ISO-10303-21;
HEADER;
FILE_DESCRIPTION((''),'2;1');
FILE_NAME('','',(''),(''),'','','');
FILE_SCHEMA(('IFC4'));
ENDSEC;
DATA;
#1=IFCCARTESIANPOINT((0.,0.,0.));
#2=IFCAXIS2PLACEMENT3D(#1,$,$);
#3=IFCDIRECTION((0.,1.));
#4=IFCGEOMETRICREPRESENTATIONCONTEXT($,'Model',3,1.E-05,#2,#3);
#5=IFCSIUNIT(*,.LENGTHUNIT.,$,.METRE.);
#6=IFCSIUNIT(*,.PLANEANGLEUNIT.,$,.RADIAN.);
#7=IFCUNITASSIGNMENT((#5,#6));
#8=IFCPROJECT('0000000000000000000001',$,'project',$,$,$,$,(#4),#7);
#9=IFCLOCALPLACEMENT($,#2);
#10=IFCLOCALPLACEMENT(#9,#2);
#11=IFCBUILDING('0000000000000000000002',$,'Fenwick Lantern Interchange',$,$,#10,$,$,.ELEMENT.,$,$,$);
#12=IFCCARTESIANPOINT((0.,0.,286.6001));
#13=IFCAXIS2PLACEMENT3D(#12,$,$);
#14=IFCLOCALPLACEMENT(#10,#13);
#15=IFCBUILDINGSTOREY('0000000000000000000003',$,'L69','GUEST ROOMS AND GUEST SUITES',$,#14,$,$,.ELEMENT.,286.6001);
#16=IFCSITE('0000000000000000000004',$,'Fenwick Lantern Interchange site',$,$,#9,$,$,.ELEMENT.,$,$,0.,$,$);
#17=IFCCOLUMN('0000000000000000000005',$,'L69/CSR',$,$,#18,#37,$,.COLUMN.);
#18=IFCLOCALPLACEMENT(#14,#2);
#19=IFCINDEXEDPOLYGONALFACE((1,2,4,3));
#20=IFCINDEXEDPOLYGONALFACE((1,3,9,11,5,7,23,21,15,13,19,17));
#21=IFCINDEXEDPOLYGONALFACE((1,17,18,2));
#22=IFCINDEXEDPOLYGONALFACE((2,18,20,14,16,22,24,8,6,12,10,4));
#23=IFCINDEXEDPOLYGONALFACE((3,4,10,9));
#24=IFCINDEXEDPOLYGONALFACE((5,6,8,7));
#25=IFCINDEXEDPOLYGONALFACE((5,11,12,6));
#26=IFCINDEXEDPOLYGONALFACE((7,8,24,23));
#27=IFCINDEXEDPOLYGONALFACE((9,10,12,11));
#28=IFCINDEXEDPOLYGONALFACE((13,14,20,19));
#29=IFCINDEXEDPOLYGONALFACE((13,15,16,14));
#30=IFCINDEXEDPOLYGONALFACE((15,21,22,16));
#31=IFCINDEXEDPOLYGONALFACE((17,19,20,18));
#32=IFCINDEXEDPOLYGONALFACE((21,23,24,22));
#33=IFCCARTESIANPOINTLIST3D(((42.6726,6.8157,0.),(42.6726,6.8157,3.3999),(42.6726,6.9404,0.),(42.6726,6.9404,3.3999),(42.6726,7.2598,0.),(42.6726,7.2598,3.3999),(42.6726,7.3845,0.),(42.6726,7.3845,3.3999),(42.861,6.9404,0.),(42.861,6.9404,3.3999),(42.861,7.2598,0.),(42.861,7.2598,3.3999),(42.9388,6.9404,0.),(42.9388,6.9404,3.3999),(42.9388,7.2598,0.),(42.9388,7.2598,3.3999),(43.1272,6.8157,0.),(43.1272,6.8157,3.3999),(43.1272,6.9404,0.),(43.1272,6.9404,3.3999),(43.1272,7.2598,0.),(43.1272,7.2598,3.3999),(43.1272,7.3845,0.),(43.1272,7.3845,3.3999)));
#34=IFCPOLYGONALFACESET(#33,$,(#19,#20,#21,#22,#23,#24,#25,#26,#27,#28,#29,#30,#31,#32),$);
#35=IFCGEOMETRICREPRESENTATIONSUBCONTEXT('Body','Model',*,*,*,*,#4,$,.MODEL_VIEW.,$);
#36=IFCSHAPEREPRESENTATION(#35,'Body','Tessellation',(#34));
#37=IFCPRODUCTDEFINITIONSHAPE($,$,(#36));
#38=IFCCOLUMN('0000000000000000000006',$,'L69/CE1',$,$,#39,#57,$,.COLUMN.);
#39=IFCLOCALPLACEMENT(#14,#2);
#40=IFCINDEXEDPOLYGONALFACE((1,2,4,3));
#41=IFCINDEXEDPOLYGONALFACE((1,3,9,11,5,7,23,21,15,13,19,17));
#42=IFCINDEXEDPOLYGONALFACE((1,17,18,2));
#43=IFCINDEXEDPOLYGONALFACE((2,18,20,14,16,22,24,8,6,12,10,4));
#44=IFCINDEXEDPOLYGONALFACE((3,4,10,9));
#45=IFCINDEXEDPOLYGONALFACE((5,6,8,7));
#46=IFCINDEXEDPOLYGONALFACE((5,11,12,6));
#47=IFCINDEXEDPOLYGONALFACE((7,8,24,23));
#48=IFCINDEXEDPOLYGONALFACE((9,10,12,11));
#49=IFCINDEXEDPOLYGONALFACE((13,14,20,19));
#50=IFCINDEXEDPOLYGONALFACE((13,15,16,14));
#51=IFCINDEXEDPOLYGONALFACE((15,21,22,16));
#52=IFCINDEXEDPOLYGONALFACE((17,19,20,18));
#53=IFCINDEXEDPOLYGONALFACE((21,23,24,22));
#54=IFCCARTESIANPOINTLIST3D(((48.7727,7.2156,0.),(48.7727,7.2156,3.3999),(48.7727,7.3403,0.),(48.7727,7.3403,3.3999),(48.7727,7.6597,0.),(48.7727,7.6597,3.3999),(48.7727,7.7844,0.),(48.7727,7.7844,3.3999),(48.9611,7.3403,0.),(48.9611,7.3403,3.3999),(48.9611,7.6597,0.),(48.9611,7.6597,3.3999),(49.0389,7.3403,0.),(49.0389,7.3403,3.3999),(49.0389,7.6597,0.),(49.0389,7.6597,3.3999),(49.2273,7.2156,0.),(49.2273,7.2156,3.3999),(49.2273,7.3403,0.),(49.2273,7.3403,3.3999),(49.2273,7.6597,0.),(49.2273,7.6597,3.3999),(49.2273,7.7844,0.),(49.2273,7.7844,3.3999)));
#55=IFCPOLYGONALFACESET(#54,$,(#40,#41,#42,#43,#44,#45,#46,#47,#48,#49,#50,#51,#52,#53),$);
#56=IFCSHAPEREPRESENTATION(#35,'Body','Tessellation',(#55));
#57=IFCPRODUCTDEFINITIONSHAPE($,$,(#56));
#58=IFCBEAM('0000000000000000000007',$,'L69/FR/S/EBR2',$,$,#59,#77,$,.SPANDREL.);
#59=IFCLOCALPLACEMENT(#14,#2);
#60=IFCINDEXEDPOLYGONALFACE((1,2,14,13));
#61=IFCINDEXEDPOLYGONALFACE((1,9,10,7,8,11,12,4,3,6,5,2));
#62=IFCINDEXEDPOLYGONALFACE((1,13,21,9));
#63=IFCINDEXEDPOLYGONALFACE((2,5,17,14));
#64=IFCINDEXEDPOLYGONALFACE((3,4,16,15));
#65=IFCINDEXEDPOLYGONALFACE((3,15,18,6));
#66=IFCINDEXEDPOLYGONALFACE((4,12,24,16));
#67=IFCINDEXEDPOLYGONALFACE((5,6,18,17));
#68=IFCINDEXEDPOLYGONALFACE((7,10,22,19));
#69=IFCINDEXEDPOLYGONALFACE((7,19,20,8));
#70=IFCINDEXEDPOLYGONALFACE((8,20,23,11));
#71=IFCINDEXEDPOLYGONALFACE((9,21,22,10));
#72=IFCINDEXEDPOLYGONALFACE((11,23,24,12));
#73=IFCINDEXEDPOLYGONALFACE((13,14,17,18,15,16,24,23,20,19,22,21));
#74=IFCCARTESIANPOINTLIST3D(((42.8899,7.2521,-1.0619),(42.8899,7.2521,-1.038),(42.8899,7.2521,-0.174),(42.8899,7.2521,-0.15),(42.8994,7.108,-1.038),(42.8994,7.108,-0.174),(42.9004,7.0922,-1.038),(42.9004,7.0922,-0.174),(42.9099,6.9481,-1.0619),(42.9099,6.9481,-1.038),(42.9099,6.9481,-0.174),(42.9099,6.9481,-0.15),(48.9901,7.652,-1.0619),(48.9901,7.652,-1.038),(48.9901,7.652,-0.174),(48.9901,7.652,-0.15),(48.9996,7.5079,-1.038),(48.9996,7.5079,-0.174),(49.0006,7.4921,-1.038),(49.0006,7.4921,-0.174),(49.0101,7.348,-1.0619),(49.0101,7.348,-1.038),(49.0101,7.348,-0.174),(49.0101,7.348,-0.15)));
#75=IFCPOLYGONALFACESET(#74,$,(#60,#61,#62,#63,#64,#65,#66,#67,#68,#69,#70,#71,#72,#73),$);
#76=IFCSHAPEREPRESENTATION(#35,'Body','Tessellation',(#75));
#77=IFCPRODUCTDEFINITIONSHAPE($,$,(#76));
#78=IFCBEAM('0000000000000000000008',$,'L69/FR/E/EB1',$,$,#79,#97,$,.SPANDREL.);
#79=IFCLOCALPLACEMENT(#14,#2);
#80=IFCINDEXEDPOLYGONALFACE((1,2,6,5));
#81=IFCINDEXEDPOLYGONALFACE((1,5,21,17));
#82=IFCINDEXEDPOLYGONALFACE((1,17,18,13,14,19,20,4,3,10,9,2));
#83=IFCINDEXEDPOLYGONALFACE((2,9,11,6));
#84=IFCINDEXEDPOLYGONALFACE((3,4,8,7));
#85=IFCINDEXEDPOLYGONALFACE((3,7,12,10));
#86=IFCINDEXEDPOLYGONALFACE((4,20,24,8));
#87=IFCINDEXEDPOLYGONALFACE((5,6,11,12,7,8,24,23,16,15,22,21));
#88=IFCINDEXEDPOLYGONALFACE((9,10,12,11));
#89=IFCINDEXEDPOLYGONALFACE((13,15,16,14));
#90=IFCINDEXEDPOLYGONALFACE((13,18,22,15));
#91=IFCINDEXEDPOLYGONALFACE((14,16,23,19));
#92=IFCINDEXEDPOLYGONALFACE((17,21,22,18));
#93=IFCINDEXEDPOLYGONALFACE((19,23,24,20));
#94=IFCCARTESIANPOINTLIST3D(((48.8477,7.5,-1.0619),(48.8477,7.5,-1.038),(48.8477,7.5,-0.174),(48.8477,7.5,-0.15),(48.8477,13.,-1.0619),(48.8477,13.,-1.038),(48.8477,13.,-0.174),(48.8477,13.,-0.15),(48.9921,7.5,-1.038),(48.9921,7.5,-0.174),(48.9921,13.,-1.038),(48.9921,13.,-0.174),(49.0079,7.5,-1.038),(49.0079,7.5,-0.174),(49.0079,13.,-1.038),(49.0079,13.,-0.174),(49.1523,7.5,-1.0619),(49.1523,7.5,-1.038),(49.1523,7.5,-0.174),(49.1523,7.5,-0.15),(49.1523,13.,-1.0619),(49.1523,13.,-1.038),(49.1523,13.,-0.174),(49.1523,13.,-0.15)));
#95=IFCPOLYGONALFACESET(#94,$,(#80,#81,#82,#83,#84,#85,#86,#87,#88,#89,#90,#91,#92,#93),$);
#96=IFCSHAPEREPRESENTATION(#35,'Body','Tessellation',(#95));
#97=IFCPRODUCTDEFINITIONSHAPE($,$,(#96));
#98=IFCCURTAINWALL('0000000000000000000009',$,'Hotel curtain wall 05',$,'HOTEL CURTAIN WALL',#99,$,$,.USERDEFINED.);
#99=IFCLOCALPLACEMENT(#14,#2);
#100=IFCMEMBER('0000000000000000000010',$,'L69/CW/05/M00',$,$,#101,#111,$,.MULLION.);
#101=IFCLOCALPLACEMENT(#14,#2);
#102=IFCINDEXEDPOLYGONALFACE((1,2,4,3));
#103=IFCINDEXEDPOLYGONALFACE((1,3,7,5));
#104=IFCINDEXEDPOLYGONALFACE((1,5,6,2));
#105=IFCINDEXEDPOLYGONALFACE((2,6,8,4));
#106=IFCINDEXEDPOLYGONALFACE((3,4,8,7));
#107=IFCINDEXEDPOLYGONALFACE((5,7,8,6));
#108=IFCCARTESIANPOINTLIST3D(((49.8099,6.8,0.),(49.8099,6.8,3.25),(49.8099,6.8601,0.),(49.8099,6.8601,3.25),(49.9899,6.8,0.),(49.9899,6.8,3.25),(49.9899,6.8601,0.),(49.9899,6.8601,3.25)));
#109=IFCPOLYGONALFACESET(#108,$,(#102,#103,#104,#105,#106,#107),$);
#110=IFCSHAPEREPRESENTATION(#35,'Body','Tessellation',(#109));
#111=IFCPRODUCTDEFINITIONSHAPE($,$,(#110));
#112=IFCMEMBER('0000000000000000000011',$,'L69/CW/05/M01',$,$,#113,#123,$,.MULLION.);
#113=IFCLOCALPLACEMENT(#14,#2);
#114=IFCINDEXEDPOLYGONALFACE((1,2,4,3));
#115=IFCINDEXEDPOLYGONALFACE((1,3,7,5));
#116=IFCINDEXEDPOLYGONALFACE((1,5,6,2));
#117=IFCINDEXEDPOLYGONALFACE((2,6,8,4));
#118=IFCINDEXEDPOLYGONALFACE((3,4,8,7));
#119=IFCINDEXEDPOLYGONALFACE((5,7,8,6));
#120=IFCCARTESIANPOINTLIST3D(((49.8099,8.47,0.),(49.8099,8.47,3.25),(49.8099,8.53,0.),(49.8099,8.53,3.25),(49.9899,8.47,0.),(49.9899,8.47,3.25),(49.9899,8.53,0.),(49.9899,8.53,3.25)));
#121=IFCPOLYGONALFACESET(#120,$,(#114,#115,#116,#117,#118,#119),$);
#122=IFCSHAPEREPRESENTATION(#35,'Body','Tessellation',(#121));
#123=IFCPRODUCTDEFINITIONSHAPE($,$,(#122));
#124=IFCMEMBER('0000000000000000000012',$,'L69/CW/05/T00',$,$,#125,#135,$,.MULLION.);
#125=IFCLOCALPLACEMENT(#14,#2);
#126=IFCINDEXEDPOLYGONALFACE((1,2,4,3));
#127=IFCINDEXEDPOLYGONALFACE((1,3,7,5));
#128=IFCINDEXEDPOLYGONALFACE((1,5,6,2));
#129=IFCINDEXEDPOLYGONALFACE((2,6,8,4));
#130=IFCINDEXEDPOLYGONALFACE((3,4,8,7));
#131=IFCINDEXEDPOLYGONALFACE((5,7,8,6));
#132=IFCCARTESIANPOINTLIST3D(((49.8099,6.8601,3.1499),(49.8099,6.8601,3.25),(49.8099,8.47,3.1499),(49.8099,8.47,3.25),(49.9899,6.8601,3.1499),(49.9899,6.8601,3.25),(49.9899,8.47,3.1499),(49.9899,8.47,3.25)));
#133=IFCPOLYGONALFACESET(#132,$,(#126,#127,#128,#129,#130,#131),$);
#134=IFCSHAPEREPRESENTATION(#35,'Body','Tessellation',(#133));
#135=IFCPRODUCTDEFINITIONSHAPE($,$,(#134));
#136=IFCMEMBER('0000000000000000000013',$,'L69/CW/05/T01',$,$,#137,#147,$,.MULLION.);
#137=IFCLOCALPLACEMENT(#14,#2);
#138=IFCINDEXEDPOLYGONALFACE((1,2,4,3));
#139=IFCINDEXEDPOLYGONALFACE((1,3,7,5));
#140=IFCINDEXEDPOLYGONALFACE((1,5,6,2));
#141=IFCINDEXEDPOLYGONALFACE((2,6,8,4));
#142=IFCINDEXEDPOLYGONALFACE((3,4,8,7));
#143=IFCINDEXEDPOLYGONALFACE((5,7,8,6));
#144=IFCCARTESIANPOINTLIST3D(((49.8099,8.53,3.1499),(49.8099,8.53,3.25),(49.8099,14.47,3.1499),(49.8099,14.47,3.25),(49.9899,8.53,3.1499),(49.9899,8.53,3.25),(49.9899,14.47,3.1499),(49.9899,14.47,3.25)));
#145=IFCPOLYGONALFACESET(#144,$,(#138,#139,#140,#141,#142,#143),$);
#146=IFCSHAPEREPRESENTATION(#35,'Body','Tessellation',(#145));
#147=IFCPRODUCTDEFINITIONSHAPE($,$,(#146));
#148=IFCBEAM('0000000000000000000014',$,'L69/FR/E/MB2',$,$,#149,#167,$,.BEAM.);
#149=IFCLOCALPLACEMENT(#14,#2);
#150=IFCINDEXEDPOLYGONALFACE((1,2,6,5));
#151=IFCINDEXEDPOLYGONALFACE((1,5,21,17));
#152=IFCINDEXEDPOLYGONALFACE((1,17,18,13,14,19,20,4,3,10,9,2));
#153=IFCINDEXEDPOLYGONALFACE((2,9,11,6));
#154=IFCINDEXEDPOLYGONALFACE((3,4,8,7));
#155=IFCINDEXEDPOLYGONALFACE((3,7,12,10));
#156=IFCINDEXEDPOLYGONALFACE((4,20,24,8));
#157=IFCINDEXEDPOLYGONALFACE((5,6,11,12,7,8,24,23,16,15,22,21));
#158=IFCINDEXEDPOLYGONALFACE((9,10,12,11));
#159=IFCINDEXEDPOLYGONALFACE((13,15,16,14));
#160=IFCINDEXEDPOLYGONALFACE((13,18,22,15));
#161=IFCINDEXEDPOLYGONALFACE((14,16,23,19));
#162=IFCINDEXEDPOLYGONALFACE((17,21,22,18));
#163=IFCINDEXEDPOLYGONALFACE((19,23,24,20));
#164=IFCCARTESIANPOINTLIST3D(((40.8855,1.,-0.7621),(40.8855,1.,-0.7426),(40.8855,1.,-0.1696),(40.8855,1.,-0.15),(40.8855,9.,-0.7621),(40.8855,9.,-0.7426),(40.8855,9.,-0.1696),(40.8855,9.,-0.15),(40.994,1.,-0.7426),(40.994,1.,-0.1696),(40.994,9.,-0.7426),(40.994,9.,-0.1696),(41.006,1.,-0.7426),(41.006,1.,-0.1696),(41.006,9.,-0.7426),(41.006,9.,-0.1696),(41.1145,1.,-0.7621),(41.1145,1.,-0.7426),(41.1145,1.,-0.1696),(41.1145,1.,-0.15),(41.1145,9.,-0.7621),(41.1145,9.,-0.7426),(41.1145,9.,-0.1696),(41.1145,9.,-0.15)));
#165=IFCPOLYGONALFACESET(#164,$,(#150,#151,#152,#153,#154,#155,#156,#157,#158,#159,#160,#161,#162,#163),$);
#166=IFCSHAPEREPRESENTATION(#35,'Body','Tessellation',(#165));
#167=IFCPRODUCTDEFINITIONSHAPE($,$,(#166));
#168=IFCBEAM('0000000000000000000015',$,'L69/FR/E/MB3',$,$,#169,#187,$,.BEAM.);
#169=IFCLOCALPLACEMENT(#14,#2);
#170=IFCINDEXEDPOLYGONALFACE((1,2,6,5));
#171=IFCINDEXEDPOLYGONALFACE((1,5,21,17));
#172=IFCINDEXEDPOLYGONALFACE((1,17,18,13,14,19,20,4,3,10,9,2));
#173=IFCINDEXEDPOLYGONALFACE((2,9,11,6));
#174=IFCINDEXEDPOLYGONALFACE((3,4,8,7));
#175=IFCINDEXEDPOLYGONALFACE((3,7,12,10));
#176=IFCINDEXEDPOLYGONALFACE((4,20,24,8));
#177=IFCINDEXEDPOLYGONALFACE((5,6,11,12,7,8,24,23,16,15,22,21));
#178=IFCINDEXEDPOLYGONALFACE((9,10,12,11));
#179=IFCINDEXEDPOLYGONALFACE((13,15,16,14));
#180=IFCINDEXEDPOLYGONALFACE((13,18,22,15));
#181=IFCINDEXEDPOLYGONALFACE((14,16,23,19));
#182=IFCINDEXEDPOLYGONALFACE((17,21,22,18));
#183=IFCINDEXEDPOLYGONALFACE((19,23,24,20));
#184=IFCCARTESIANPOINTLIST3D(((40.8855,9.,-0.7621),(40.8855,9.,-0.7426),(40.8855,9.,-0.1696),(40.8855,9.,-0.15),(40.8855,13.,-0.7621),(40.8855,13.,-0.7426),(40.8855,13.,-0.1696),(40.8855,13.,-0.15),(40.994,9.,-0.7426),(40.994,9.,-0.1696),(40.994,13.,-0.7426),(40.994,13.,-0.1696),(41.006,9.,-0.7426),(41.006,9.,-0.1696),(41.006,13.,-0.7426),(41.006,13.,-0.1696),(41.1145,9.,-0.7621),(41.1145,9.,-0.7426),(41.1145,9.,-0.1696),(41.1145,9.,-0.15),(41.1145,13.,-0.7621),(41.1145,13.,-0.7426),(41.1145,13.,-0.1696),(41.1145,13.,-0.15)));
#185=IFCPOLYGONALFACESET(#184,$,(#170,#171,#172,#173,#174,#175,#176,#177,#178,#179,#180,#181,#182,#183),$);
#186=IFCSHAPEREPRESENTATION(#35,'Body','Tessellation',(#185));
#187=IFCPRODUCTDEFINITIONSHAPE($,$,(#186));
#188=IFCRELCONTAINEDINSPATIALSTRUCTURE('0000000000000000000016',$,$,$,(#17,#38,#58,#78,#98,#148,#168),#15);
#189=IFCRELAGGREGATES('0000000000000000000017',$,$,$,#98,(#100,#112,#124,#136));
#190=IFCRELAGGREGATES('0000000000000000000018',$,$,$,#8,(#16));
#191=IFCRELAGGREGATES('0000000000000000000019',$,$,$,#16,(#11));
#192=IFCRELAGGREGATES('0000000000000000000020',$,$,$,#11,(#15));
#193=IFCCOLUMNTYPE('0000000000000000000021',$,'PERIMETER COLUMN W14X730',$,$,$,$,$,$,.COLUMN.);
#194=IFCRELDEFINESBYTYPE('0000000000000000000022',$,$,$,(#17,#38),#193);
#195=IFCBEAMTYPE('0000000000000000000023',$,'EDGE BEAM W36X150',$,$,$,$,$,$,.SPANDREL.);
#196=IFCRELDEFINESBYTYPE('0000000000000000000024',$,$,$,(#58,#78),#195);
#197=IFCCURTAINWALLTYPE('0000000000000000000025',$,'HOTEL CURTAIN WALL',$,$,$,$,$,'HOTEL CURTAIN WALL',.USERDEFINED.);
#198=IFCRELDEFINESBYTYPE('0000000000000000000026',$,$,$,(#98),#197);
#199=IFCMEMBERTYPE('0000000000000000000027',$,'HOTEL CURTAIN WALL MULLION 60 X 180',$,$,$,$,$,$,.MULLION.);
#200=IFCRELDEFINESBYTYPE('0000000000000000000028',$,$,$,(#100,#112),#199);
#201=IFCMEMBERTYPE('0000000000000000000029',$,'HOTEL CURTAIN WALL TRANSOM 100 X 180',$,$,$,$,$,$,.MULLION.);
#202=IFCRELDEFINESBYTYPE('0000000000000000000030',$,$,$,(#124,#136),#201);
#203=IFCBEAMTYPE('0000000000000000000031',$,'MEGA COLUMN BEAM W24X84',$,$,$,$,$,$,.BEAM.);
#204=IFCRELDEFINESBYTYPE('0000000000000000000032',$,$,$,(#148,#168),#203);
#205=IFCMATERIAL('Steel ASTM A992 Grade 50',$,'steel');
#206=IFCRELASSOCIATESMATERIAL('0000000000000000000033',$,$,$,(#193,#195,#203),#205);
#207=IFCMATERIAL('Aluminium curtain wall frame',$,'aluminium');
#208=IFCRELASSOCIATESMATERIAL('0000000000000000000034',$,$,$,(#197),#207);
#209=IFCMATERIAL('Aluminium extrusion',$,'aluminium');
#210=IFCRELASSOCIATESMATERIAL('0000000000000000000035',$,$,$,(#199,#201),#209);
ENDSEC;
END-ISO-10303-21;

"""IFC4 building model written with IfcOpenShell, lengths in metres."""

from ifc_helpers import new_model, si_unit, direction, frame, origin, origin_2d, place, context, subcontext, project, spatial, rectangle, i_section, extrude, material, material_profile, profile_set, type_object, element, aggregate, save


model = new_model("IFC4")

# Units and contexts
model_context = context("Model", 3, precision=1e-05, world=origin(), true_north=direction((0.0, 1.0)))
body_context = subcontext(model_context, "Body", "Model", "MODEL_VIEW")
ifc_project = project(units=[si_unit("LENGTHUNIT", "METRE"), si_unit("PLANEANGLEUNIT", "RADIAN")], contexts=[model_context])

# Site, building, storey
site_placement = place(None, origin())
site = spatial("IfcSite", under=ifc_project, at=site_placement, Name="Fenwick Lantern Interchange site", CompositionType="ELEMENT", RefElevation=0.0)
building_placement = place(site_placement, origin())
building = spatial("IfcBuilding", under=site, at=building_placement, Name="Fenwick Lantern Interchange", CompositionType="ELEMENT")
storey_placement = place(building_placement, frame((0.0, 0.0, 286.6001)))
storey = spatial("IfcBuildingStorey", under=building, at=storey_placement, Name="L69", Description="GUEST ROOMS AND GUEST SUITES", CompositionType="ELEMENT", Elevation=286.6001)

# Columns
ifc_material_1 = material(Name="Steel ASTM A992 Grade 50", Category="steel")
ifc_material_profile_1 = material_profile(ifc_material_1, i_section(OverallWidth=0.4546, OverallDepth=0.5688, WebThickness=0.0779, FlangeThickness=0.1248, at=origin_2d()), Name="W14X730")
ifc_profile_set_1 = profile_set([ifc_material_profile_1], Name="Steel ASTM A992 Grade 50")
column_type = type_object("IfcColumnType", Name="PERIMETER COLUMN W14X730", PredefinedType="COLUMN", material=ifc_profile_set_1)
for number, where, z_axis, x_axis, name in (
    (1, (42.8999, 7.1001, 0.0), (0.0, 0.0, 1.0), (1.0, 0.0, 0.0), "L69/CSR"),
    (2, (49.0, 7.5, 0.0), (0.0, 0.0, 1.0), (1.0, 0.0, 0.0), "L69/CE1"),
):
    element("IfcColumn", number, at=place(storey_placement, frame(where, z_axis=z_axis, x_axis=x_axis)), inside=storey, type_object=column_type, Name=name, PredefinedType="COLUMN", context=body_context, shape_type="SweptSolid", body=[
        extrude(i_section(OverallWidth=0.4546, OverallDepth=0.5688, WebThickness=0.0779, FlangeThickness=0.1248, at=origin_2d()), origin(), (0.0, 0.0, 1.0), 3.3999),
    ])

# Beams
ifc_material_profile_2 = material_profile(ifc_material_1, i_section(OverallWidth=0.3047, OverallDepth=0.9119, WebThickness=0.0159, FlangeThickness=0.0239, at=origin_2d()), Name="W36X150")
ifc_profile_set_2 = profile_set([ifc_material_profile_2], Name="Steel ASTM A992 Grade 50")
beam_type_1 = type_object("IfcBeamType", Name="EDGE BEAM W36X150", PredefinedType="SPANDREL", material=ifc_profile_set_2)
beam_1_placement = place(storey_placement, frame((42.8999, 7.1001, -0.606), z_axis=(0.997858, 0.065416, 0.0), x_axis=(-0.065416, 0.997858, 0.0)))
element("IfcBeam", 3, at=beam_1_placement, inside=storey, type_object=beam_type_1, Name="L69/FR/S/EBR2", PredefinedType="SPANDREL", context=body_context, shape_type="SweptSolid", body=[
    extrude(i_section(OverallWidth=0.3047, OverallDepth=0.9119, WebThickness=0.0159, FlangeThickness=0.0239, at=origin_2d()), origin(), (0.0, 0.0, 1.0), 6.1133),
])
beam_2_placement = place(storey_placement, frame((49.0, 7.5, -0.606), z_axis=(0.0, 1.0, 0.0), x_axis=(-1.0, 0.0, 0.0)))
element("IfcBeam", 4, at=beam_2_placement, inside=storey, type_object=beam_type_1, Name="L69/FR/E/EB1", PredefinedType="SPANDREL", context=body_context, shape_type="SweptSolid", body=[
    extrude(i_section(OverallWidth=0.3047, OverallDepth=0.9119, WebThickness=0.0159, FlangeThickness=0.0239, at=origin_2d()), origin(), (0.0, 0.0, 1.0), 5.5),
])

# Curtain wall, members
ifc_material_2 = material(Name="Aluminium curtain wall frame", Category="aluminium")
curtain_wall_type = type_object("IfcCurtainWallType", Name="HOTEL CURTAIN WALL", ElementType="HOTEL CURTAIN WALL", PredefinedType="USERDEFINED", material=ifc_material_2)
curtain_wall_placement = place(storey_placement, origin())
curtain_wall = element("IfcCurtainWall", 5, at=curtain_wall_placement, inside=storey, type_object=curtain_wall_type, Name="Hotel curtain wall 05", ObjectType="HOTEL CURTAIN WALL", PredefinedType="USERDEFINED")
ifc_material_3 = material(Name="Aluminium extrusion", Category="aluminium")
ifc_material_profile_3 = material_profile(ifc_material_3, rectangle(XDim=0.1799, YDim=0.0601, at=origin_2d()), Name="HOTEL CURTAIN WALL MULLION 60 X 180")
ifc_profile_set_3 = profile_set([ifc_material_profile_3], Name="Aluminium extrusion")
member_type_1 = type_object("IfcMemberType", Name="HOTEL CURTAIN WALL MULLION 60 X 180", PredefinedType="MULLION", material=ifc_profile_set_3)
member_1_placement = place(storey_placement, frame((49.8999, 6.8301, 0.0), z_axis=(0.0, 0.0, 1.0), x_axis=(-1.0, 0.0, 0.0)))
member_1 = element("IfcMember", 6, at=member_1_placement, type_object=member_type_1, Name="L69/CW/05/M00", PredefinedType="MULLION", context=body_context, shape_type="SweptSolid", body=[
    extrude(rectangle(XDim=0.1799, YDim=0.0601, at=origin_2d()), origin(), (0.0, 0.0, 1.0), 3.25),
])
member_2_placement = place(storey_placement, frame((49.8999, 8.5, 0.0), z_axis=(0.0, 0.0, 1.0), x_axis=(-1.0, 0.0, 0.0)))
member_2 = element("IfcMember", 7, at=member_2_placement, type_object=member_type_1, Name="L69/CW/05/M01", PredefinedType="MULLION", context=body_context, shape_type="SweptSolid", body=[
    extrude(rectangle(XDim=0.1799, YDim=0.0601, at=origin_2d()), origin(), (0.0, 0.0, 1.0), 3.25),
])
ifc_material_profile_4 = material_profile(ifc_material_3, rectangle(XDim=0.1799, YDim=0.1001, at=origin_2d()), Name="HOTEL CURTAIN WALL TRANSOM 100 X 180")
ifc_profile_set_4 = profile_set([ifc_material_profile_4], Name="Aluminium extrusion")
member_type_2 = type_object("IfcMemberType", Name="HOTEL CURTAIN WALL TRANSOM 100 X 180", PredefinedType="MULLION", material=ifc_profile_set_4)
member_3_placement = place(storey_placement, frame((49.8999, 6.8601, 3.2), z_axis=(0.0, 1.0, 0.0), x_axis=(-1.0, 0.0, 0.0)))
member_3 = element("IfcMember", 8, at=member_3_placement, type_object=member_type_2, Name="L69/CW/05/T00", PredefinedType="MULLION", context=body_context, shape_type="SweptSolid", body=[
    extrude(rectangle(XDim=0.1799, YDim=0.1001, at=origin_2d()), origin(), (0.0, 0.0, 1.0), 1.6099),
])
member_4_placement = place(storey_placement, frame((49.8999, 8.53, 3.2), z_axis=(0.0, 1.0, 0.0), x_axis=(-1.0, 0.0, 0.0)))
member_4 = element("IfcMember", 9, at=member_4_placement, type_object=member_type_2, Name="L69/CW/05/T01", PredefinedType="MULLION", context=body_context, shape_type="SweptSolid", body=[
    extrude(rectangle(XDim=0.1799, YDim=0.1001, at=origin_2d()), origin(), (0.0, 0.0, 1.0), 5.9399),
])

# Beams
ifc_material_profile_5 = material_profile(ifc_material_1, i_section(OverallWidth=0.229, OverallDepth=0.6121, WebThickness=0.012, FlangeThickness=0.0195, at=origin_2d()), Name="W24X84")
ifc_profile_set_5 = profile_set([ifc_material_profile_5], Name="Steel ASTM A992 Grade 50")
beam_type_2 = type_object("IfcBeamType", Name="MEGA COLUMN BEAM W24X84", PredefinedType="BEAM", material=ifc_profile_set_5)
beam_3_placement = place(storey_placement, frame((41.0, 9.0, -0.4561), z_axis=(0.0, -1.0, 0.0), x_axis=(1.0, 0.0, 0.0)))
element("IfcBeam", 10, at=beam_3_placement, inside=storey, type_object=beam_type_2, Name="L69/FR/E/MB2", PredefinedType="BEAM", context=body_context, shape_type="SweptSolid", body=[
    extrude(i_section(OverallWidth=0.229, OverallDepth=0.6121, WebThickness=0.012, FlangeThickness=0.0195, at=origin_2d()), origin(), (0.0, 0.0, 1.0), 8.0),
])
for number, where, z_axis, x_axis, name in (
    (11, (41.0, 9.0, -0.4561), (0.0, 1.0, 0.0), (-1.0, 0.0, 0.0), "L69/FR/E/MB3"),
):
    element("IfcBeam", number, at=place(storey_placement, frame(where, z_axis=z_axis, x_axis=x_axis)), inside=storey, type_object=beam_type_2, Name=name, PredefinedType="BEAM", context=body_context, shape_type="SweptSolid", body=[
        extrude(i_section(OverallWidth=0.229, OverallDepth=0.6121, WebThickness=0.012, FlangeThickness=0.0195, at=origin_2d()), origin(), (0.0, 0.0, 1.0), 4.0),
    ])

aggregate(curtain_wall, [member_1, member_2, member_3, member_4])

save(model, "model.ifc")
